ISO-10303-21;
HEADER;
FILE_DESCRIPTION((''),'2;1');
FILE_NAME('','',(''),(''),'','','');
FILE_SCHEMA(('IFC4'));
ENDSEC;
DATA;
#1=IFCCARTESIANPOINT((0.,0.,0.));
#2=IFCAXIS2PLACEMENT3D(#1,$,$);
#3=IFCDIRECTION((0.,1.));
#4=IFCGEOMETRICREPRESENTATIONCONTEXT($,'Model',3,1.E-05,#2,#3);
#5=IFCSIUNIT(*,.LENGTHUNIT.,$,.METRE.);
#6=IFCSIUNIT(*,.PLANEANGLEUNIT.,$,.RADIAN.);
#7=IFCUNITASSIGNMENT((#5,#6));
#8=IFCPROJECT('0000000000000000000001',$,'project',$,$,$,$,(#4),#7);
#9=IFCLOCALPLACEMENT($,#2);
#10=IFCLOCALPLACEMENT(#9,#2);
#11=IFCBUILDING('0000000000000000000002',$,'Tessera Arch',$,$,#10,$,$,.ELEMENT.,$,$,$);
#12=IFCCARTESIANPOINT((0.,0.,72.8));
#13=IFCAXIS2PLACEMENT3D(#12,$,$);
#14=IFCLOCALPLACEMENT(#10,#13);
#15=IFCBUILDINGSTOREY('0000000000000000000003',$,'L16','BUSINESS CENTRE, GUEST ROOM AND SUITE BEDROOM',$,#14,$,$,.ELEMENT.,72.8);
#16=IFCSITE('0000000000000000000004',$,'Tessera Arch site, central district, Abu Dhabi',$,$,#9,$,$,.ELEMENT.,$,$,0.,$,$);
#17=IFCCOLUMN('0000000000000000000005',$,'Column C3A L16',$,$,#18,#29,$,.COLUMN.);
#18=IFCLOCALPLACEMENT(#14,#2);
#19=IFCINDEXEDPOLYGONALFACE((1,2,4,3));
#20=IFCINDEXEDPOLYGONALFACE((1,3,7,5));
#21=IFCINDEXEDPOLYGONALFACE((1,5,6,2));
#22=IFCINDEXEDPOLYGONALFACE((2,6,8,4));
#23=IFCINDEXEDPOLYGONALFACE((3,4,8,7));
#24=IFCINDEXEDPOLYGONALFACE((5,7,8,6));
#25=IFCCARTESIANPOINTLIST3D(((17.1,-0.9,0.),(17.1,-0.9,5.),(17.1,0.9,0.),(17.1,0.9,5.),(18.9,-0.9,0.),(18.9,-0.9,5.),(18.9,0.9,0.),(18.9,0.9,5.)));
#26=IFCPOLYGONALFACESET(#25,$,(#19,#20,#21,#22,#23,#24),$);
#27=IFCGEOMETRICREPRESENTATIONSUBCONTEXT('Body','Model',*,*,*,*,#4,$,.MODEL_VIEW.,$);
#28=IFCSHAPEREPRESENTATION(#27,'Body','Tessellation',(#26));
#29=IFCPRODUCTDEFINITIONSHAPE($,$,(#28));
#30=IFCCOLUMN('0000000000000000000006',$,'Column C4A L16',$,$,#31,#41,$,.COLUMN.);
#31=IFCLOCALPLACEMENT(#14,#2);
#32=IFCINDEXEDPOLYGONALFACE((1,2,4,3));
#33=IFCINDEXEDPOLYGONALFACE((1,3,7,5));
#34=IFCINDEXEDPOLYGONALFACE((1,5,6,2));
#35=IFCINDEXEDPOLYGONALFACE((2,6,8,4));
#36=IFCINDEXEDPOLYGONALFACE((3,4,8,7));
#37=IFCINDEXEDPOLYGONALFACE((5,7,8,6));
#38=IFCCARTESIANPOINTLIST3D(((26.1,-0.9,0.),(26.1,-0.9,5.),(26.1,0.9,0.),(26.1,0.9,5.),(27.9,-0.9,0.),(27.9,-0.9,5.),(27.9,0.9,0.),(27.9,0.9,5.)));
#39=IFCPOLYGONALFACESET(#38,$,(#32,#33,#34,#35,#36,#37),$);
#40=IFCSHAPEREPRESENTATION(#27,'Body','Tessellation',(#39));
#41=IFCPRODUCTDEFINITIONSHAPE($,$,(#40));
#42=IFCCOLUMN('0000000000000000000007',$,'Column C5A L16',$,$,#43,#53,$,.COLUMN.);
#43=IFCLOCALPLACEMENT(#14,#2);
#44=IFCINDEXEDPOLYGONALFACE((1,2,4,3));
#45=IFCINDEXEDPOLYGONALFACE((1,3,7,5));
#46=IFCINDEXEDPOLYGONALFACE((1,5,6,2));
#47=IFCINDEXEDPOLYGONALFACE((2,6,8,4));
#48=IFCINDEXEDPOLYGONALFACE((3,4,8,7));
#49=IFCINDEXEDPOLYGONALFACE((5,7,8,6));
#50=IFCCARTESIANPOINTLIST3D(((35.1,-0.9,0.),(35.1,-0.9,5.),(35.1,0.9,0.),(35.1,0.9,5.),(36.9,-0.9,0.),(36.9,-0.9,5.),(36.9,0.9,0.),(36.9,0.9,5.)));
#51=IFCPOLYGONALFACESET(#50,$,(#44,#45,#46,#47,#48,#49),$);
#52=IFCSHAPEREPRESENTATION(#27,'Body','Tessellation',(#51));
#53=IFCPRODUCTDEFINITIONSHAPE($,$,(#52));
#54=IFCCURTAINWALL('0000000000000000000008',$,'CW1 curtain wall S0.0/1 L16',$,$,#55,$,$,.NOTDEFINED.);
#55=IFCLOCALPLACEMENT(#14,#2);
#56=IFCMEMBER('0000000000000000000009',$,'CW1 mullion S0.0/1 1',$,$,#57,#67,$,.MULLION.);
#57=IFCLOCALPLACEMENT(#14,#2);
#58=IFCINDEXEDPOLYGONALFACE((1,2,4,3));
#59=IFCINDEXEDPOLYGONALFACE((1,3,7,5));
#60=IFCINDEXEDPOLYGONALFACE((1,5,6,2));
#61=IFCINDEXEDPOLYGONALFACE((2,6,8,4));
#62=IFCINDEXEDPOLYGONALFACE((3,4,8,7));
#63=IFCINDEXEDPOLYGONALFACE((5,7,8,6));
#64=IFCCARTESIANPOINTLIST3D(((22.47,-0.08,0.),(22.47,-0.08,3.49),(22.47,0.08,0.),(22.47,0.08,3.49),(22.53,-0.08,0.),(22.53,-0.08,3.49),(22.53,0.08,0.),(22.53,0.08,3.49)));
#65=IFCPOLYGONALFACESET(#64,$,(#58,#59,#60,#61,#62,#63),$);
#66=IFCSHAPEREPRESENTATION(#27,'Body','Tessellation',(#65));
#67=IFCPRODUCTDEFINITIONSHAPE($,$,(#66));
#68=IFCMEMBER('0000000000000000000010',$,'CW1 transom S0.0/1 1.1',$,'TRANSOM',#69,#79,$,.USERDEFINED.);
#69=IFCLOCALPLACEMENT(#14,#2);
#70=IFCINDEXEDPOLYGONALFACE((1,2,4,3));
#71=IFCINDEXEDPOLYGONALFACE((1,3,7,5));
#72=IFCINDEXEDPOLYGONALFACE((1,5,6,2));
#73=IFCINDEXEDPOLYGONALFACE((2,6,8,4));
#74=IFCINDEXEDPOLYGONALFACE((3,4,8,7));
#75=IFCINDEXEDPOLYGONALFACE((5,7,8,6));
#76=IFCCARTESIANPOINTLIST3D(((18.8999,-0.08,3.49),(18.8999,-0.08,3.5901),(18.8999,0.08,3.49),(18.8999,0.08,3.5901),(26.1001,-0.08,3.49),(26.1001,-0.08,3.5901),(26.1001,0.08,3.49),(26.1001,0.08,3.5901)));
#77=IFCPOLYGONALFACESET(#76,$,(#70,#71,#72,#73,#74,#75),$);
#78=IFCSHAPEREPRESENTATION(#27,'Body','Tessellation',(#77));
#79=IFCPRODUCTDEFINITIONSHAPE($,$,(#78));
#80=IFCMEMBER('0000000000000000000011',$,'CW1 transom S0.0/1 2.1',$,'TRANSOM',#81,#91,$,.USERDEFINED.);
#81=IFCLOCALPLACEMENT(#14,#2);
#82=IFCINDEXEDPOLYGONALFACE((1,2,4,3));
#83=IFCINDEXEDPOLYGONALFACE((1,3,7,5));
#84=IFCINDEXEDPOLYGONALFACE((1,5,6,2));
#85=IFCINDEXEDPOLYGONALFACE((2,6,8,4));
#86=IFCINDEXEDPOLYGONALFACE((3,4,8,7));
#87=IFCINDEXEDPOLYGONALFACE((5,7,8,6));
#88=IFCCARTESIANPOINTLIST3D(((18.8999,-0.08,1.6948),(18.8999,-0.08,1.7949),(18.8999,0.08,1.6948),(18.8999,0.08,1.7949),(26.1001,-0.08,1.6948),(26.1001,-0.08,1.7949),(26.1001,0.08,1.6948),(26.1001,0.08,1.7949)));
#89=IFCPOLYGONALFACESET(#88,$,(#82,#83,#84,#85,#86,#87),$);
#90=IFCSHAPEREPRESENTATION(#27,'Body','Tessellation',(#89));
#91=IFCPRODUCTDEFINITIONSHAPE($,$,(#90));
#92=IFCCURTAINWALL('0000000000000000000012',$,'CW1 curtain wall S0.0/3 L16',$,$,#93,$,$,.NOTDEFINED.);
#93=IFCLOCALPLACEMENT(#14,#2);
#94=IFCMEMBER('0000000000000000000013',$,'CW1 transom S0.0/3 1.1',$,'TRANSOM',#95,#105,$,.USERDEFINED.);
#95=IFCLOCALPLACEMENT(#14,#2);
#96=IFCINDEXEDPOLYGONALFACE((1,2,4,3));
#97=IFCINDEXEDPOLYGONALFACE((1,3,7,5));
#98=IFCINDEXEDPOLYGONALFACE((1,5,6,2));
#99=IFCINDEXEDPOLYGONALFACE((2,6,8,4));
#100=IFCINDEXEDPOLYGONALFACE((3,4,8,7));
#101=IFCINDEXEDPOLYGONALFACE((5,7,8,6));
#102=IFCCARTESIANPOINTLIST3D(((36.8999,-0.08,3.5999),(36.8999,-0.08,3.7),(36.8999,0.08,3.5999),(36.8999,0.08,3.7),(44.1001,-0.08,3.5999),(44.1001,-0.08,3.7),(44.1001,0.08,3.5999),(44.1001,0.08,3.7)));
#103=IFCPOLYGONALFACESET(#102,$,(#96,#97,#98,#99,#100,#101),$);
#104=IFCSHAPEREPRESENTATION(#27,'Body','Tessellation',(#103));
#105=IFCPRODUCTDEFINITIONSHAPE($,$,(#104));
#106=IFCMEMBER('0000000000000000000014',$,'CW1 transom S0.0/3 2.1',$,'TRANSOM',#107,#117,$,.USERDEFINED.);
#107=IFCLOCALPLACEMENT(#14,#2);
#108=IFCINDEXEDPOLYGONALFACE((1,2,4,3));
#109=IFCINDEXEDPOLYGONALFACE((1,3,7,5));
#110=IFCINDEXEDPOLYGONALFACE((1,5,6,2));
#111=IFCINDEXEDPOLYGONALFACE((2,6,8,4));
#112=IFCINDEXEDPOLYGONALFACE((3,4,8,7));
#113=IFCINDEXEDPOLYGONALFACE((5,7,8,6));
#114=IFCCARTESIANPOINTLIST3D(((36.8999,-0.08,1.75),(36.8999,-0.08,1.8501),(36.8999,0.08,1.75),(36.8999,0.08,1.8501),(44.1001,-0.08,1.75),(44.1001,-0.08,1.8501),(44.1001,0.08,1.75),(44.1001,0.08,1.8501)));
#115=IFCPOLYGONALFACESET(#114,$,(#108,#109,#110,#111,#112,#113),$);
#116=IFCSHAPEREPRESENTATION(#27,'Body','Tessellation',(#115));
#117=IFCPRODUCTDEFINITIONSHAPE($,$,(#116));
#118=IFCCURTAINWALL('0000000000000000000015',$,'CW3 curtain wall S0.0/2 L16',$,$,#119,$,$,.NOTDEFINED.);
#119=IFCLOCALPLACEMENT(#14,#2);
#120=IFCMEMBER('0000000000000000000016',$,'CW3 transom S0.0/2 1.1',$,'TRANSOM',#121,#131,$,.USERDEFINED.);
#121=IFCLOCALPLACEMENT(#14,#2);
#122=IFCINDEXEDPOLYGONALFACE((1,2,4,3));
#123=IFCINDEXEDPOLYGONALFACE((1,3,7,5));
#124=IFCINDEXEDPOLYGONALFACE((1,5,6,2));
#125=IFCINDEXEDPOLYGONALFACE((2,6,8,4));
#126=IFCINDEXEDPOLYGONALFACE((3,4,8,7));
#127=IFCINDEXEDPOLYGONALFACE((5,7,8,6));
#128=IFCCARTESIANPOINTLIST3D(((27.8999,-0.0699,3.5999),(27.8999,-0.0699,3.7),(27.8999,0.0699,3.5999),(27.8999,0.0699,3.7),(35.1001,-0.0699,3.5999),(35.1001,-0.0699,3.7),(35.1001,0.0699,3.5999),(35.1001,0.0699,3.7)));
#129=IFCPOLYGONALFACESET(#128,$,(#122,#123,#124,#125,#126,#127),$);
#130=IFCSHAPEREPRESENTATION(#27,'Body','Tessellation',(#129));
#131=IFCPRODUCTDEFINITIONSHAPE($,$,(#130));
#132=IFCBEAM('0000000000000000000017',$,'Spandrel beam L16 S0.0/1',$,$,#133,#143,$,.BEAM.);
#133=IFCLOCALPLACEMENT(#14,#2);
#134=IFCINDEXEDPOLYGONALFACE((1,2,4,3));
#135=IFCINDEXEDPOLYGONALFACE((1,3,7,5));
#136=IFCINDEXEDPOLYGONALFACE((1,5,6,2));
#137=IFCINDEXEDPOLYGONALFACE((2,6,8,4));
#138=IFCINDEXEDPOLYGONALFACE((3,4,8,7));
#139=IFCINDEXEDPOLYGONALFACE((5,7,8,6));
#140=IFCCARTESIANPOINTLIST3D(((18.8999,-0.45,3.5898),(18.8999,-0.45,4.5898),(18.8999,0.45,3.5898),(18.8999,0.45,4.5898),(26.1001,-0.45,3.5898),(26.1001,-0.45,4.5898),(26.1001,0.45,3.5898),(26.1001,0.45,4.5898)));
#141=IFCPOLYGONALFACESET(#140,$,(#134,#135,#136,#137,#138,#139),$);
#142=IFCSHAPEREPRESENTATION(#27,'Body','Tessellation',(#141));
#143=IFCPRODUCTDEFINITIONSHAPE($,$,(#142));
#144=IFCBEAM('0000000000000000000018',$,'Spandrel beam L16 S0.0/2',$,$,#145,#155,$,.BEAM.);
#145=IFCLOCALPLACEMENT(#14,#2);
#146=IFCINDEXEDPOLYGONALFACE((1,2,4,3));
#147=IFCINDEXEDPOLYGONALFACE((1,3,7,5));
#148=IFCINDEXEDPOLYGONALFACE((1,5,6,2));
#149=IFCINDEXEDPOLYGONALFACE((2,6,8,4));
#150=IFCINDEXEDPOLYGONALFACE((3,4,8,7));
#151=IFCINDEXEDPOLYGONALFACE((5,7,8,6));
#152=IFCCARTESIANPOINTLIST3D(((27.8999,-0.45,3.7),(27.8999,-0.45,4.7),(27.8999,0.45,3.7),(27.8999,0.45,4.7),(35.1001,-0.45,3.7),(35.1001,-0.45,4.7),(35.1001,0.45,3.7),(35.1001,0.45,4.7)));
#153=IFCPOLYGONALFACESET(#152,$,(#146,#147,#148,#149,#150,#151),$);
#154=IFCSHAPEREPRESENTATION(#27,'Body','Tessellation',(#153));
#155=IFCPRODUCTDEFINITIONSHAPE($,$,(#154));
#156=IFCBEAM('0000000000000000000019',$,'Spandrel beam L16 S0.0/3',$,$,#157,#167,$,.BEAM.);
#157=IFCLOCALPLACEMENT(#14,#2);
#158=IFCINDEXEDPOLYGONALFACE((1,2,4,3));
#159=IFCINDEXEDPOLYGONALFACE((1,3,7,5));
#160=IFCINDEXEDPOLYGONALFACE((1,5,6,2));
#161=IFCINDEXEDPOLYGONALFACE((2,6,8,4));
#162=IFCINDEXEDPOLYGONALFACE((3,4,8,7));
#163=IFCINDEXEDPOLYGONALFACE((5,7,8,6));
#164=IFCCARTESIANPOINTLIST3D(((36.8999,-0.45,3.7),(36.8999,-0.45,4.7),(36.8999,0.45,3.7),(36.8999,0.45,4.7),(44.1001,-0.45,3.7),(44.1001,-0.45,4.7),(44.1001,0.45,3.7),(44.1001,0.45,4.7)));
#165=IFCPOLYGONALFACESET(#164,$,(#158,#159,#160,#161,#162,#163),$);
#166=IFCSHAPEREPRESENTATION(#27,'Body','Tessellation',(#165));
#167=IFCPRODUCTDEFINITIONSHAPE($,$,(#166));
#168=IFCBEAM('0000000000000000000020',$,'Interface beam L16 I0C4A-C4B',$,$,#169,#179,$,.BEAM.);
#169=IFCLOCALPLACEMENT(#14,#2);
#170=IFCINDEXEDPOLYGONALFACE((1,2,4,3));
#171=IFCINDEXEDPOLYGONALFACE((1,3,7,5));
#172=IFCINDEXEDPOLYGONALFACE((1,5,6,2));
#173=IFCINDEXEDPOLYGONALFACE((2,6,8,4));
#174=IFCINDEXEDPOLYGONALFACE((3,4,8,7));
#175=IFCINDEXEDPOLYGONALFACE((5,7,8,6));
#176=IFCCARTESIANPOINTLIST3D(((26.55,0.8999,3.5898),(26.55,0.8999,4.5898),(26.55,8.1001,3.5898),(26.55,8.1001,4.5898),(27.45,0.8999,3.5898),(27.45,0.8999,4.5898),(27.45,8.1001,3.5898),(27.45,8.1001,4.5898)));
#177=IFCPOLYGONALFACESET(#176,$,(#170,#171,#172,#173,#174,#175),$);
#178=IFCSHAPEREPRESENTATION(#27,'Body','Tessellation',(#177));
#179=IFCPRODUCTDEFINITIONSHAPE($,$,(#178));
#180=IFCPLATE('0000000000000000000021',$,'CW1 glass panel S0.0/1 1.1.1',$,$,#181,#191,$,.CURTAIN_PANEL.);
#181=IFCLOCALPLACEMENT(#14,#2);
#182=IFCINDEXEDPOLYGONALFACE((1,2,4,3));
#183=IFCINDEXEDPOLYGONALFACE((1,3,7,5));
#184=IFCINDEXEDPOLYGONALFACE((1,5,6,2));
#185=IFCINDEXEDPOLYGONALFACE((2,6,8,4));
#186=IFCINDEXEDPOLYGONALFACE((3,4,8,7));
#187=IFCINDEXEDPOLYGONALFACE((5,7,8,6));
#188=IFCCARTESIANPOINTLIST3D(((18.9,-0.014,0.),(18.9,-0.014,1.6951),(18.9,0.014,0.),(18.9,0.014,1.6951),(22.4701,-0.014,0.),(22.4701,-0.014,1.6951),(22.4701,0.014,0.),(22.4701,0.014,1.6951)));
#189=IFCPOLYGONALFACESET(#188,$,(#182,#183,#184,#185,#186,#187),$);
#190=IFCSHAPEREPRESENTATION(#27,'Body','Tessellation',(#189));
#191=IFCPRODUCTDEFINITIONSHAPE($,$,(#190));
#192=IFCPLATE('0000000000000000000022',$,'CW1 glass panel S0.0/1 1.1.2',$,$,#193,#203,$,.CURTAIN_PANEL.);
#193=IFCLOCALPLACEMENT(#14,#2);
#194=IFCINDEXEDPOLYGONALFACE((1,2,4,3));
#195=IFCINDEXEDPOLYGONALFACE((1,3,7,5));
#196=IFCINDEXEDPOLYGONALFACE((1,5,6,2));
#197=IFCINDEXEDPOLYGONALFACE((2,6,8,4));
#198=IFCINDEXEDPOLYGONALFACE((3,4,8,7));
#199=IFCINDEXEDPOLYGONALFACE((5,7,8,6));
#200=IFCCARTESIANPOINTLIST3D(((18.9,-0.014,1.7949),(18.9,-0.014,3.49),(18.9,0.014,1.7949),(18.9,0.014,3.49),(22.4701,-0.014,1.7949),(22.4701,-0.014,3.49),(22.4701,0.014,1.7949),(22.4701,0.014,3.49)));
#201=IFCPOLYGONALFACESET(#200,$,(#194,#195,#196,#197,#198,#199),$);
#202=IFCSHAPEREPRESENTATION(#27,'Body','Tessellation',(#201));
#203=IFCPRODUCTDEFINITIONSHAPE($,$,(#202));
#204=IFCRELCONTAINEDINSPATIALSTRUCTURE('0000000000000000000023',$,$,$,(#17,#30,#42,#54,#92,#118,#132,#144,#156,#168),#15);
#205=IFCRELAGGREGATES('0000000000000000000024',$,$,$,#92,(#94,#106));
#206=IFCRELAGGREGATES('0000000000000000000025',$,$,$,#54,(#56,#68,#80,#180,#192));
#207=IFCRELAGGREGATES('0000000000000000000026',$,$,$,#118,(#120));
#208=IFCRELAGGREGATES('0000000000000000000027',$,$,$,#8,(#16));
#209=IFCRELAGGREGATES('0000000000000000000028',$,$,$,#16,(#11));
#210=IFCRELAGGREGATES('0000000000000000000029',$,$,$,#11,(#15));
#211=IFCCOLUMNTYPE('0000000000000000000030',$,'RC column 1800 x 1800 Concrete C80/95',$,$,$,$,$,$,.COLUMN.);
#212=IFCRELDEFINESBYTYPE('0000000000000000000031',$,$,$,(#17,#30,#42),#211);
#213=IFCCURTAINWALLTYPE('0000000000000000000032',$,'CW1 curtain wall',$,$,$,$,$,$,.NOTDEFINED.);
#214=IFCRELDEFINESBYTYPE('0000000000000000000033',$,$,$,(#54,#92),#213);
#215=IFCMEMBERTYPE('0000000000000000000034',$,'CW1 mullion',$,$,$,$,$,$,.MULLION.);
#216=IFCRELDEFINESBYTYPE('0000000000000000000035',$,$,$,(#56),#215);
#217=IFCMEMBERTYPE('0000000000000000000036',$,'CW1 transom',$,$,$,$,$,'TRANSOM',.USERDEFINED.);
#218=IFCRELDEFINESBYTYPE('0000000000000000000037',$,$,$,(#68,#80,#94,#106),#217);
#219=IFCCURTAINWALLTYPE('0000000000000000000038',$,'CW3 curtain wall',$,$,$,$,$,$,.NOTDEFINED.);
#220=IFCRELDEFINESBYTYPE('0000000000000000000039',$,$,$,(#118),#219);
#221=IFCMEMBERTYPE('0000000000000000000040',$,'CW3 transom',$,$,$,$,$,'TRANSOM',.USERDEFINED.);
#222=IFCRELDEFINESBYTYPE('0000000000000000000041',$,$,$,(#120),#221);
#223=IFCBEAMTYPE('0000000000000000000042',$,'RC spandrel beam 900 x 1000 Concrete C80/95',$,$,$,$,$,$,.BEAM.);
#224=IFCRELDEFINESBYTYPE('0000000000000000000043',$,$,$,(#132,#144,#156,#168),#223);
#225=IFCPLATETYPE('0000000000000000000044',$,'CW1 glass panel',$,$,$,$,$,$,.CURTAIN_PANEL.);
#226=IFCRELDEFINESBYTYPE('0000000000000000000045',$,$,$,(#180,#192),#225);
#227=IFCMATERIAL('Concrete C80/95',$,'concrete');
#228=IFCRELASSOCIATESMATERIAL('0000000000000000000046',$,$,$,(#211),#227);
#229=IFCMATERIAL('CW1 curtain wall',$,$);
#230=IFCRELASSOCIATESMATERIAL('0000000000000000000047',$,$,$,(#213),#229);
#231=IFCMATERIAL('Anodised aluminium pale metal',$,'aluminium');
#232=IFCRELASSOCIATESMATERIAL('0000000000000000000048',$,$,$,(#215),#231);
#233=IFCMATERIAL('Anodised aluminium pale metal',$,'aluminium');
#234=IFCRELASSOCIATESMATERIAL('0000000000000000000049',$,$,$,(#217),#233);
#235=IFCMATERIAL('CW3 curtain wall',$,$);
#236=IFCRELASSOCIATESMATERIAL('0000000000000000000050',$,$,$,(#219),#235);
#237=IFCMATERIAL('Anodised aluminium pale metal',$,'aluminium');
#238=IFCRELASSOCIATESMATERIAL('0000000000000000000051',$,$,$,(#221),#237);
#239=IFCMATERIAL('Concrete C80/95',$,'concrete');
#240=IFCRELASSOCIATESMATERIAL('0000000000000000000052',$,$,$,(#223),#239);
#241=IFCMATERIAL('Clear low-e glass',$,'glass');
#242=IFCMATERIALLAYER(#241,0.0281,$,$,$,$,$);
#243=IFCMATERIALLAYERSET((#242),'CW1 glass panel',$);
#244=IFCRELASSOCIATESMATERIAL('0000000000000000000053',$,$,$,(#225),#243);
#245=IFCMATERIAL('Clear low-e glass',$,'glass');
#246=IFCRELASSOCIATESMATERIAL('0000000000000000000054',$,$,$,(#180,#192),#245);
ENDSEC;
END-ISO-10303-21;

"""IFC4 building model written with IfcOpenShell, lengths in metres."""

from ifc_helpers import new_model, si_unit, direction, frame, origin, origin_2d, place, context, subcontext, project, spatial, rectangle, extrude, material, layer, layer_set, material_profile, profile_set, type_object, element, aggregate, save


model = new_model("IFC4")

# Units and contexts
model_context = context("Model", 3, precision=1e-05, world=origin(), true_north=direction((0.0, 1.0)))
body_context = subcontext(model_context, "Body", "Model", "MODEL_VIEW")
ifc_project = project(units=[si_unit("LENGTHUNIT", "METRE"), si_unit("PLANEANGLEUNIT", "RADIAN")], contexts=[model_context])

# Site, building, storey
site_placement = place(None, origin())
site = spatial("IfcSite", under=ifc_project, at=site_placement, Name="Tessera Arch site, central district, Abu Dhabi", CompositionType="ELEMENT", RefElevation=0.0)
building_placement = place(site_placement, origin())
building = spatial("IfcBuilding", under=site, at=building_placement, Name="Tessera Arch", CompositionType="ELEMENT")
storey_placement = place(building_placement, frame((0.0, 0.0, 72.8)))
storey = spatial("IfcBuildingStorey", under=building, at=storey_placement, Name="L16", Description="BUSINESS CENTRE, GUEST ROOM AND SUITE BEDROOM", CompositionType="ELEMENT", Elevation=72.8)

# Columns
ifc_material_1 = material(Name="Concrete C80/95", Category="concrete")
ifc_material_profile_1 = material_profile(ifc_material_1, rectangle(XDim=1.8, YDim=1.8, at=origin_2d()), Name="RC column 1800 x 1800 Concrete C80/95")
ifc_profile_set_1 = profile_set([ifc_material_profile_1], Name="Concrete C80/95")
column_type = type_object("IfcColumnType", Name="RC column 1800 x 1800 Concrete C80/95", PredefinedType="COLUMN", material=ifc_profile_set_1)
for number, where, z_axis, x_axis, name in (
    (1, (18.0, 0.0, 0.0), (0.0, 0.0, 1.0), (1.0, 0.0, 0.0), "Column C3A L16"),
    (2, (27.0, 0.0, 0.0), (0.0, 0.0, 1.0), (1.0, 0.0, 0.0), "Column C4A L16"),
    (3, (36.0, 0.0, 0.0), (0.0, 0.0, 1.0), (1.0, 0.0, 0.0), "Column C5A L16"),
):
    element("IfcColumn", number, at=place(storey_placement, frame(where, z_axis=z_axis, x_axis=x_axis)), inside=storey, type_object=column_type, Name=name, PredefinedType="COLUMN", context=body_context, shape_type="SweptSolid", body=[
        extrude(rectangle(XDim=1.8, YDim=1.8, at=origin_2d()), origin(), (0.0, 0.0, 1.0), 5.0),
    ])

# Curtain walls, members
ifc_material_2 = material(Name="CW1 curtain wall")
curtain_wall_type_1 = type_object("IfcCurtainWallType", Name="CW1 curtain wall", PredefinedType="NOTDEFINED", material=ifc_material_2)
curtain_wall_1_placement = place(storey_placement, origin())
curtain_wall_1 = element("IfcCurtainWall", 4, at=curtain_wall_1_placement, inside=storey, type_object=curtain_wall_type_1, Name="CW1 curtain wall S0.0/1 L16", PredefinedType="NOTDEFINED")
ifc_material_3 = material(Name="Anodised aluminium pale metal", Category="aluminium")
ifc_material_profile_2 = material_profile(ifc_material_3, rectangle(XDim=0.1599, YDim=0.0601, at=origin_2d()), Name="AL 60x160")
ifc_profile_set_2 = profile_set([ifc_material_profile_2], Name="Anodised aluminium pale metal")
member_type_1 = type_object("IfcMemberType", Name="CW1 mullion", PredefinedType="MULLION", material=ifc_profile_set_2)
member_1_placement = place(storey_placement, frame((22.5, 0.0, 0.0), z_axis=(0.0, 0.0, 1.0), x_axis=(0.0, 1.0, 0.0)))
member_1 = element("IfcMember", 5, at=member_1_placement, type_object=member_type_1, Name="CW1 mullion S0.0/1 1", PredefinedType="MULLION", context=body_context, shape_type="SweptSolid", body=[
    extrude(rectangle(XDim=0.1599, YDim=0.0601, at=origin_2d()), origin(), (0.0, 0.0, 1.0), 3.49),
])
ifc_material_4 = material(Name="Anodised aluminium pale metal", Category="aluminium")
ifc_material_profile_3 = material_profile(ifc_material_4, rectangle(XDim=0.1599, YDim=0.1001, at=origin_2d()), Name="AL 160x100")
ifc_profile_set_3 = profile_set([ifc_material_profile_3], Name="Anodised aluminium pale metal")
member_type_2 = type_object("IfcMemberType", Name="CW1 transom", ElementType="TRANSOM", PredefinedType="USERDEFINED", material=ifc_profile_set_3)
member_2_placement = place(storey_placement, frame((18.8999, 0.0, 3.54), z_axis=(1.0, 0.0, 0.0), x_axis=(0.0, 1.0, 0.0)))
member_2 = element("IfcMember", 6, at=member_2_placement, type_object=member_type_2, Name="CW1 transom S0.0/1 1.1", ObjectType="TRANSOM", PredefinedType="USERDEFINED", context=body_context, shape_type="SweptSolid", body=[
    extrude(rectangle(XDim=0.1599, YDim=0.1001, at=origin_2d()), origin(), (0.0, 0.0, 1.0), 7.2002),
])
member_3_placement = place(storey_placement, frame((18.8999, 0.0, 1.7449), z_axis=(1.0, 0.0, 0.0), x_axis=(0.0, 1.0, 0.0)))
member_3 = element("IfcMember", 7, at=member_3_placement, type_object=member_type_2, Name="CW1 transom S0.0/1 2.1", ObjectType="TRANSOM", PredefinedType="USERDEFINED", context=body_context, shape_type="SweptSolid", body=[
    extrude(rectangle(XDim=0.1599, YDim=0.1001, at=origin_2d()), origin(), (0.0, 0.0, 1.0), 7.2002),
])
curtain_wall_2_placement = place(storey_placement, origin())
curtain_wall_2 = element("IfcCurtainWall", 8, at=curtain_wall_2_placement, inside=storey, type_object=curtain_wall_type_1, Name="CW1 curtain wall S0.0/3 L16", PredefinedType="NOTDEFINED")
member_4_placement = place(storey_placement, frame((36.8999, 0.0, 3.6499), z_axis=(1.0, 0.0, 0.0), x_axis=(0.0, 1.0, 0.0)))
member_4 = element("IfcMember", 9, at=member_4_placement, type_object=member_type_2, Name="CW1 transom S0.0/3 1.1", ObjectType="TRANSOM", PredefinedType="USERDEFINED", context=body_context, shape_type="SweptSolid", body=[
    extrude(rectangle(XDim=0.1599, YDim=0.1001, at=origin_2d()), origin(), (0.0, 0.0, 1.0), 7.2002),
])
member_5_placement = place(storey_placement, frame((36.8999, 0.0, 1.8), z_axis=(1.0, 0.0, 0.0), x_axis=(0.0, 1.0, 0.0)))
member_5 = element("IfcMember", 10, at=member_5_placement, type_object=member_type_2, Name="CW1 transom S0.0/3 2.1", ObjectType="TRANSOM", PredefinedType="USERDEFINED", context=body_context, shape_type="SweptSolid", body=[
    extrude(rectangle(XDim=0.1599, YDim=0.1001, at=origin_2d()), origin(), (0.0, 0.0, 1.0), 7.2002),
])

# Curtain wall, member
ifc_material_5 = material(Name="CW3 curtain wall")
curtain_wall_type_2 = type_object("IfcCurtainWallType", Name="CW3 curtain wall", PredefinedType="NOTDEFINED", material=ifc_material_5)
curtain_wall_3_placement = place(storey_placement, origin())
curtain_wall_3 = element("IfcCurtainWall", 11, at=curtain_wall_3_placement, inside=storey, type_object=curtain_wall_type_2, Name="CW3 curtain wall S0.0/2 L16", PredefinedType="NOTDEFINED")
ifc_material_6 = material(Name="Anodised aluminium pale metal", Category="aluminium")
ifc_material_profile_4 = material_profile(ifc_material_6, rectangle(XDim=0.1399, YDim=0.1001, at=origin_2d()), Name="AL 140x100")
ifc_profile_set_4 = profile_set([ifc_material_profile_4], Name="Anodised aluminium pale metal")
member_type_3 = type_object("IfcMemberType", Name="CW3 transom", ElementType="TRANSOM", PredefinedType="USERDEFINED", material=ifc_profile_set_4)
member_6_placement = place(storey_placement, frame((27.8999, 0.0, 3.6499), z_axis=(1.0, 0.0, 0.0), x_axis=(0.0, 1.0, 0.0)))
member_6 = element("IfcMember", 12, at=member_6_placement, type_object=member_type_3, Name="CW3 transom S0.0/2 1.1", ObjectType="TRANSOM", PredefinedType="USERDEFINED", context=body_context, shape_type="SweptSolid", body=[
    extrude(rectangle(XDim=0.1399, YDim=0.1001, at=origin_2d()), origin(), (0.0, 0.0, 1.0), 7.2002),
])

# Beams
ifc_material_7 = material(Name="Concrete C80/95", Category="concrete")
ifc_material_profile_5 = material_profile(ifc_material_7, rectangle(XDim=0.8999, YDim=1.0, at=origin_2d()), Name="RC spandrel beam 900 x 1000 Concrete C80/95")
ifc_profile_set_5 = profile_set([ifc_material_profile_5], Name="Concrete C80/95")
beam_type = type_object("IfcBeamType", Name="RC spandrel beam 900 x 1000 Concrete C80/95", PredefinedType="BEAM", material=ifc_profile_set_5)
for number, where, z_axis, x_axis, name in (
    (13, (18.8999, 0.0, 4.0898), (1.0, 0.0, 0.0), (0.0, 1.0, 0.0), "Spandrel beam L16 S0.0/1"),
    (14, (27.8999, 0.0, 4.2), (1.0, 0.0, 0.0), (0.0, 1.0, 0.0), "Spandrel beam L16 S0.0/2"),
    (15, (36.8999, 0.0, 4.2), (1.0, 0.0, 0.0), (0.0, 1.0, 0.0), "Spandrel beam L16 S0.0/3"),
    (16, (27.0, 0.8999, 4.0898), (0.0, 1.0, 0.0), (-1.0, 0.0, 0.0), "Interface beam L16 I0C4A-C4B"),
):
    element("IfcBeam", number, at=place(storey_placement, frame(where, z_axis=z_axis, x_axis=x_axis)), inside=storey, type_object=beam_type, Name=name, PredefinedType="BEAM", context=body_context, shape_type="SweptSolid", body=[
        extrude(rectangle(XDim=0.8999, YDim=1.0, at=origin_2d()), origin(), (0.0, 0.0, 1.0), 7.2002),
    ])

# Plates
ifc_material_8 = material(Name="Clear low-e glass", Category="glass")
ifc_material_9 = material(Name="Clear low-e glass", Category="glass")
ifc_layer_1 = layer(ifc_material_9, 0.0281)
ifc_layer_set_1 = layer_set([ifc_layer_1], Name="CW1 glass panel")
plate_type_1 = type_object("IfcPlateType", Name="CW1 glass panel", PredefinedType="CURTAIN_PANEL", material=ifc_layer_set_1)
plate_1_placement = place(storey_placement, frame((20.6851, 0.0, 0.0), z_axis=(0.0, 0.0, 1.0), x_axis=(1.0, 0.0, 0.0)))
plate_1 = element("IfcPlate", 17, at=plate_1_placement, type_object=plate_type_1, material=ifc_material_8, Name="CW1 glass panel S0.0/1 1.1.1", PredefinedType="CURTAIN_PANEL", context=body_context, shape_type="SweptSolid", body=[
    extrude(rectangle(XDim=3.5701, YDim=0.0281, at=origin_2d()), origin(), (0.0, 0.0, 1.0), 1.6951),
])
plate_2_placement = place(storey_placement, frame((20.6851, 0.0, 1.7949), z_axis=(0.0, 0.0, 1.0), x_axis=(1.0, 0.0, 0.0)))
plate_2 = element("IfcPlate", 18, at=plate_2_placement, type_object=plate_type_1, material=ifc_material_8, Name="CW1 glass panel S0.0/1 1.1.2", PredefinedType="CURTAIN_PANEL", context=body_context, shape_type="SweptSolid", body=[
    extrude(rectangle(XDim=3.5701, YDim=0.0281, at=origin_2d()), origin(), (0.0, 0.0, 1.0), 1.6951),
])
aggregate(curtain_wall_2, [member_4, member_5])
aggregate(curtain_wall_1, [member_1, member_2, member_3, plate_1, plate_2])
aggregate(curtain_wall_3, [member_6])

save(model, "model.ifc")
